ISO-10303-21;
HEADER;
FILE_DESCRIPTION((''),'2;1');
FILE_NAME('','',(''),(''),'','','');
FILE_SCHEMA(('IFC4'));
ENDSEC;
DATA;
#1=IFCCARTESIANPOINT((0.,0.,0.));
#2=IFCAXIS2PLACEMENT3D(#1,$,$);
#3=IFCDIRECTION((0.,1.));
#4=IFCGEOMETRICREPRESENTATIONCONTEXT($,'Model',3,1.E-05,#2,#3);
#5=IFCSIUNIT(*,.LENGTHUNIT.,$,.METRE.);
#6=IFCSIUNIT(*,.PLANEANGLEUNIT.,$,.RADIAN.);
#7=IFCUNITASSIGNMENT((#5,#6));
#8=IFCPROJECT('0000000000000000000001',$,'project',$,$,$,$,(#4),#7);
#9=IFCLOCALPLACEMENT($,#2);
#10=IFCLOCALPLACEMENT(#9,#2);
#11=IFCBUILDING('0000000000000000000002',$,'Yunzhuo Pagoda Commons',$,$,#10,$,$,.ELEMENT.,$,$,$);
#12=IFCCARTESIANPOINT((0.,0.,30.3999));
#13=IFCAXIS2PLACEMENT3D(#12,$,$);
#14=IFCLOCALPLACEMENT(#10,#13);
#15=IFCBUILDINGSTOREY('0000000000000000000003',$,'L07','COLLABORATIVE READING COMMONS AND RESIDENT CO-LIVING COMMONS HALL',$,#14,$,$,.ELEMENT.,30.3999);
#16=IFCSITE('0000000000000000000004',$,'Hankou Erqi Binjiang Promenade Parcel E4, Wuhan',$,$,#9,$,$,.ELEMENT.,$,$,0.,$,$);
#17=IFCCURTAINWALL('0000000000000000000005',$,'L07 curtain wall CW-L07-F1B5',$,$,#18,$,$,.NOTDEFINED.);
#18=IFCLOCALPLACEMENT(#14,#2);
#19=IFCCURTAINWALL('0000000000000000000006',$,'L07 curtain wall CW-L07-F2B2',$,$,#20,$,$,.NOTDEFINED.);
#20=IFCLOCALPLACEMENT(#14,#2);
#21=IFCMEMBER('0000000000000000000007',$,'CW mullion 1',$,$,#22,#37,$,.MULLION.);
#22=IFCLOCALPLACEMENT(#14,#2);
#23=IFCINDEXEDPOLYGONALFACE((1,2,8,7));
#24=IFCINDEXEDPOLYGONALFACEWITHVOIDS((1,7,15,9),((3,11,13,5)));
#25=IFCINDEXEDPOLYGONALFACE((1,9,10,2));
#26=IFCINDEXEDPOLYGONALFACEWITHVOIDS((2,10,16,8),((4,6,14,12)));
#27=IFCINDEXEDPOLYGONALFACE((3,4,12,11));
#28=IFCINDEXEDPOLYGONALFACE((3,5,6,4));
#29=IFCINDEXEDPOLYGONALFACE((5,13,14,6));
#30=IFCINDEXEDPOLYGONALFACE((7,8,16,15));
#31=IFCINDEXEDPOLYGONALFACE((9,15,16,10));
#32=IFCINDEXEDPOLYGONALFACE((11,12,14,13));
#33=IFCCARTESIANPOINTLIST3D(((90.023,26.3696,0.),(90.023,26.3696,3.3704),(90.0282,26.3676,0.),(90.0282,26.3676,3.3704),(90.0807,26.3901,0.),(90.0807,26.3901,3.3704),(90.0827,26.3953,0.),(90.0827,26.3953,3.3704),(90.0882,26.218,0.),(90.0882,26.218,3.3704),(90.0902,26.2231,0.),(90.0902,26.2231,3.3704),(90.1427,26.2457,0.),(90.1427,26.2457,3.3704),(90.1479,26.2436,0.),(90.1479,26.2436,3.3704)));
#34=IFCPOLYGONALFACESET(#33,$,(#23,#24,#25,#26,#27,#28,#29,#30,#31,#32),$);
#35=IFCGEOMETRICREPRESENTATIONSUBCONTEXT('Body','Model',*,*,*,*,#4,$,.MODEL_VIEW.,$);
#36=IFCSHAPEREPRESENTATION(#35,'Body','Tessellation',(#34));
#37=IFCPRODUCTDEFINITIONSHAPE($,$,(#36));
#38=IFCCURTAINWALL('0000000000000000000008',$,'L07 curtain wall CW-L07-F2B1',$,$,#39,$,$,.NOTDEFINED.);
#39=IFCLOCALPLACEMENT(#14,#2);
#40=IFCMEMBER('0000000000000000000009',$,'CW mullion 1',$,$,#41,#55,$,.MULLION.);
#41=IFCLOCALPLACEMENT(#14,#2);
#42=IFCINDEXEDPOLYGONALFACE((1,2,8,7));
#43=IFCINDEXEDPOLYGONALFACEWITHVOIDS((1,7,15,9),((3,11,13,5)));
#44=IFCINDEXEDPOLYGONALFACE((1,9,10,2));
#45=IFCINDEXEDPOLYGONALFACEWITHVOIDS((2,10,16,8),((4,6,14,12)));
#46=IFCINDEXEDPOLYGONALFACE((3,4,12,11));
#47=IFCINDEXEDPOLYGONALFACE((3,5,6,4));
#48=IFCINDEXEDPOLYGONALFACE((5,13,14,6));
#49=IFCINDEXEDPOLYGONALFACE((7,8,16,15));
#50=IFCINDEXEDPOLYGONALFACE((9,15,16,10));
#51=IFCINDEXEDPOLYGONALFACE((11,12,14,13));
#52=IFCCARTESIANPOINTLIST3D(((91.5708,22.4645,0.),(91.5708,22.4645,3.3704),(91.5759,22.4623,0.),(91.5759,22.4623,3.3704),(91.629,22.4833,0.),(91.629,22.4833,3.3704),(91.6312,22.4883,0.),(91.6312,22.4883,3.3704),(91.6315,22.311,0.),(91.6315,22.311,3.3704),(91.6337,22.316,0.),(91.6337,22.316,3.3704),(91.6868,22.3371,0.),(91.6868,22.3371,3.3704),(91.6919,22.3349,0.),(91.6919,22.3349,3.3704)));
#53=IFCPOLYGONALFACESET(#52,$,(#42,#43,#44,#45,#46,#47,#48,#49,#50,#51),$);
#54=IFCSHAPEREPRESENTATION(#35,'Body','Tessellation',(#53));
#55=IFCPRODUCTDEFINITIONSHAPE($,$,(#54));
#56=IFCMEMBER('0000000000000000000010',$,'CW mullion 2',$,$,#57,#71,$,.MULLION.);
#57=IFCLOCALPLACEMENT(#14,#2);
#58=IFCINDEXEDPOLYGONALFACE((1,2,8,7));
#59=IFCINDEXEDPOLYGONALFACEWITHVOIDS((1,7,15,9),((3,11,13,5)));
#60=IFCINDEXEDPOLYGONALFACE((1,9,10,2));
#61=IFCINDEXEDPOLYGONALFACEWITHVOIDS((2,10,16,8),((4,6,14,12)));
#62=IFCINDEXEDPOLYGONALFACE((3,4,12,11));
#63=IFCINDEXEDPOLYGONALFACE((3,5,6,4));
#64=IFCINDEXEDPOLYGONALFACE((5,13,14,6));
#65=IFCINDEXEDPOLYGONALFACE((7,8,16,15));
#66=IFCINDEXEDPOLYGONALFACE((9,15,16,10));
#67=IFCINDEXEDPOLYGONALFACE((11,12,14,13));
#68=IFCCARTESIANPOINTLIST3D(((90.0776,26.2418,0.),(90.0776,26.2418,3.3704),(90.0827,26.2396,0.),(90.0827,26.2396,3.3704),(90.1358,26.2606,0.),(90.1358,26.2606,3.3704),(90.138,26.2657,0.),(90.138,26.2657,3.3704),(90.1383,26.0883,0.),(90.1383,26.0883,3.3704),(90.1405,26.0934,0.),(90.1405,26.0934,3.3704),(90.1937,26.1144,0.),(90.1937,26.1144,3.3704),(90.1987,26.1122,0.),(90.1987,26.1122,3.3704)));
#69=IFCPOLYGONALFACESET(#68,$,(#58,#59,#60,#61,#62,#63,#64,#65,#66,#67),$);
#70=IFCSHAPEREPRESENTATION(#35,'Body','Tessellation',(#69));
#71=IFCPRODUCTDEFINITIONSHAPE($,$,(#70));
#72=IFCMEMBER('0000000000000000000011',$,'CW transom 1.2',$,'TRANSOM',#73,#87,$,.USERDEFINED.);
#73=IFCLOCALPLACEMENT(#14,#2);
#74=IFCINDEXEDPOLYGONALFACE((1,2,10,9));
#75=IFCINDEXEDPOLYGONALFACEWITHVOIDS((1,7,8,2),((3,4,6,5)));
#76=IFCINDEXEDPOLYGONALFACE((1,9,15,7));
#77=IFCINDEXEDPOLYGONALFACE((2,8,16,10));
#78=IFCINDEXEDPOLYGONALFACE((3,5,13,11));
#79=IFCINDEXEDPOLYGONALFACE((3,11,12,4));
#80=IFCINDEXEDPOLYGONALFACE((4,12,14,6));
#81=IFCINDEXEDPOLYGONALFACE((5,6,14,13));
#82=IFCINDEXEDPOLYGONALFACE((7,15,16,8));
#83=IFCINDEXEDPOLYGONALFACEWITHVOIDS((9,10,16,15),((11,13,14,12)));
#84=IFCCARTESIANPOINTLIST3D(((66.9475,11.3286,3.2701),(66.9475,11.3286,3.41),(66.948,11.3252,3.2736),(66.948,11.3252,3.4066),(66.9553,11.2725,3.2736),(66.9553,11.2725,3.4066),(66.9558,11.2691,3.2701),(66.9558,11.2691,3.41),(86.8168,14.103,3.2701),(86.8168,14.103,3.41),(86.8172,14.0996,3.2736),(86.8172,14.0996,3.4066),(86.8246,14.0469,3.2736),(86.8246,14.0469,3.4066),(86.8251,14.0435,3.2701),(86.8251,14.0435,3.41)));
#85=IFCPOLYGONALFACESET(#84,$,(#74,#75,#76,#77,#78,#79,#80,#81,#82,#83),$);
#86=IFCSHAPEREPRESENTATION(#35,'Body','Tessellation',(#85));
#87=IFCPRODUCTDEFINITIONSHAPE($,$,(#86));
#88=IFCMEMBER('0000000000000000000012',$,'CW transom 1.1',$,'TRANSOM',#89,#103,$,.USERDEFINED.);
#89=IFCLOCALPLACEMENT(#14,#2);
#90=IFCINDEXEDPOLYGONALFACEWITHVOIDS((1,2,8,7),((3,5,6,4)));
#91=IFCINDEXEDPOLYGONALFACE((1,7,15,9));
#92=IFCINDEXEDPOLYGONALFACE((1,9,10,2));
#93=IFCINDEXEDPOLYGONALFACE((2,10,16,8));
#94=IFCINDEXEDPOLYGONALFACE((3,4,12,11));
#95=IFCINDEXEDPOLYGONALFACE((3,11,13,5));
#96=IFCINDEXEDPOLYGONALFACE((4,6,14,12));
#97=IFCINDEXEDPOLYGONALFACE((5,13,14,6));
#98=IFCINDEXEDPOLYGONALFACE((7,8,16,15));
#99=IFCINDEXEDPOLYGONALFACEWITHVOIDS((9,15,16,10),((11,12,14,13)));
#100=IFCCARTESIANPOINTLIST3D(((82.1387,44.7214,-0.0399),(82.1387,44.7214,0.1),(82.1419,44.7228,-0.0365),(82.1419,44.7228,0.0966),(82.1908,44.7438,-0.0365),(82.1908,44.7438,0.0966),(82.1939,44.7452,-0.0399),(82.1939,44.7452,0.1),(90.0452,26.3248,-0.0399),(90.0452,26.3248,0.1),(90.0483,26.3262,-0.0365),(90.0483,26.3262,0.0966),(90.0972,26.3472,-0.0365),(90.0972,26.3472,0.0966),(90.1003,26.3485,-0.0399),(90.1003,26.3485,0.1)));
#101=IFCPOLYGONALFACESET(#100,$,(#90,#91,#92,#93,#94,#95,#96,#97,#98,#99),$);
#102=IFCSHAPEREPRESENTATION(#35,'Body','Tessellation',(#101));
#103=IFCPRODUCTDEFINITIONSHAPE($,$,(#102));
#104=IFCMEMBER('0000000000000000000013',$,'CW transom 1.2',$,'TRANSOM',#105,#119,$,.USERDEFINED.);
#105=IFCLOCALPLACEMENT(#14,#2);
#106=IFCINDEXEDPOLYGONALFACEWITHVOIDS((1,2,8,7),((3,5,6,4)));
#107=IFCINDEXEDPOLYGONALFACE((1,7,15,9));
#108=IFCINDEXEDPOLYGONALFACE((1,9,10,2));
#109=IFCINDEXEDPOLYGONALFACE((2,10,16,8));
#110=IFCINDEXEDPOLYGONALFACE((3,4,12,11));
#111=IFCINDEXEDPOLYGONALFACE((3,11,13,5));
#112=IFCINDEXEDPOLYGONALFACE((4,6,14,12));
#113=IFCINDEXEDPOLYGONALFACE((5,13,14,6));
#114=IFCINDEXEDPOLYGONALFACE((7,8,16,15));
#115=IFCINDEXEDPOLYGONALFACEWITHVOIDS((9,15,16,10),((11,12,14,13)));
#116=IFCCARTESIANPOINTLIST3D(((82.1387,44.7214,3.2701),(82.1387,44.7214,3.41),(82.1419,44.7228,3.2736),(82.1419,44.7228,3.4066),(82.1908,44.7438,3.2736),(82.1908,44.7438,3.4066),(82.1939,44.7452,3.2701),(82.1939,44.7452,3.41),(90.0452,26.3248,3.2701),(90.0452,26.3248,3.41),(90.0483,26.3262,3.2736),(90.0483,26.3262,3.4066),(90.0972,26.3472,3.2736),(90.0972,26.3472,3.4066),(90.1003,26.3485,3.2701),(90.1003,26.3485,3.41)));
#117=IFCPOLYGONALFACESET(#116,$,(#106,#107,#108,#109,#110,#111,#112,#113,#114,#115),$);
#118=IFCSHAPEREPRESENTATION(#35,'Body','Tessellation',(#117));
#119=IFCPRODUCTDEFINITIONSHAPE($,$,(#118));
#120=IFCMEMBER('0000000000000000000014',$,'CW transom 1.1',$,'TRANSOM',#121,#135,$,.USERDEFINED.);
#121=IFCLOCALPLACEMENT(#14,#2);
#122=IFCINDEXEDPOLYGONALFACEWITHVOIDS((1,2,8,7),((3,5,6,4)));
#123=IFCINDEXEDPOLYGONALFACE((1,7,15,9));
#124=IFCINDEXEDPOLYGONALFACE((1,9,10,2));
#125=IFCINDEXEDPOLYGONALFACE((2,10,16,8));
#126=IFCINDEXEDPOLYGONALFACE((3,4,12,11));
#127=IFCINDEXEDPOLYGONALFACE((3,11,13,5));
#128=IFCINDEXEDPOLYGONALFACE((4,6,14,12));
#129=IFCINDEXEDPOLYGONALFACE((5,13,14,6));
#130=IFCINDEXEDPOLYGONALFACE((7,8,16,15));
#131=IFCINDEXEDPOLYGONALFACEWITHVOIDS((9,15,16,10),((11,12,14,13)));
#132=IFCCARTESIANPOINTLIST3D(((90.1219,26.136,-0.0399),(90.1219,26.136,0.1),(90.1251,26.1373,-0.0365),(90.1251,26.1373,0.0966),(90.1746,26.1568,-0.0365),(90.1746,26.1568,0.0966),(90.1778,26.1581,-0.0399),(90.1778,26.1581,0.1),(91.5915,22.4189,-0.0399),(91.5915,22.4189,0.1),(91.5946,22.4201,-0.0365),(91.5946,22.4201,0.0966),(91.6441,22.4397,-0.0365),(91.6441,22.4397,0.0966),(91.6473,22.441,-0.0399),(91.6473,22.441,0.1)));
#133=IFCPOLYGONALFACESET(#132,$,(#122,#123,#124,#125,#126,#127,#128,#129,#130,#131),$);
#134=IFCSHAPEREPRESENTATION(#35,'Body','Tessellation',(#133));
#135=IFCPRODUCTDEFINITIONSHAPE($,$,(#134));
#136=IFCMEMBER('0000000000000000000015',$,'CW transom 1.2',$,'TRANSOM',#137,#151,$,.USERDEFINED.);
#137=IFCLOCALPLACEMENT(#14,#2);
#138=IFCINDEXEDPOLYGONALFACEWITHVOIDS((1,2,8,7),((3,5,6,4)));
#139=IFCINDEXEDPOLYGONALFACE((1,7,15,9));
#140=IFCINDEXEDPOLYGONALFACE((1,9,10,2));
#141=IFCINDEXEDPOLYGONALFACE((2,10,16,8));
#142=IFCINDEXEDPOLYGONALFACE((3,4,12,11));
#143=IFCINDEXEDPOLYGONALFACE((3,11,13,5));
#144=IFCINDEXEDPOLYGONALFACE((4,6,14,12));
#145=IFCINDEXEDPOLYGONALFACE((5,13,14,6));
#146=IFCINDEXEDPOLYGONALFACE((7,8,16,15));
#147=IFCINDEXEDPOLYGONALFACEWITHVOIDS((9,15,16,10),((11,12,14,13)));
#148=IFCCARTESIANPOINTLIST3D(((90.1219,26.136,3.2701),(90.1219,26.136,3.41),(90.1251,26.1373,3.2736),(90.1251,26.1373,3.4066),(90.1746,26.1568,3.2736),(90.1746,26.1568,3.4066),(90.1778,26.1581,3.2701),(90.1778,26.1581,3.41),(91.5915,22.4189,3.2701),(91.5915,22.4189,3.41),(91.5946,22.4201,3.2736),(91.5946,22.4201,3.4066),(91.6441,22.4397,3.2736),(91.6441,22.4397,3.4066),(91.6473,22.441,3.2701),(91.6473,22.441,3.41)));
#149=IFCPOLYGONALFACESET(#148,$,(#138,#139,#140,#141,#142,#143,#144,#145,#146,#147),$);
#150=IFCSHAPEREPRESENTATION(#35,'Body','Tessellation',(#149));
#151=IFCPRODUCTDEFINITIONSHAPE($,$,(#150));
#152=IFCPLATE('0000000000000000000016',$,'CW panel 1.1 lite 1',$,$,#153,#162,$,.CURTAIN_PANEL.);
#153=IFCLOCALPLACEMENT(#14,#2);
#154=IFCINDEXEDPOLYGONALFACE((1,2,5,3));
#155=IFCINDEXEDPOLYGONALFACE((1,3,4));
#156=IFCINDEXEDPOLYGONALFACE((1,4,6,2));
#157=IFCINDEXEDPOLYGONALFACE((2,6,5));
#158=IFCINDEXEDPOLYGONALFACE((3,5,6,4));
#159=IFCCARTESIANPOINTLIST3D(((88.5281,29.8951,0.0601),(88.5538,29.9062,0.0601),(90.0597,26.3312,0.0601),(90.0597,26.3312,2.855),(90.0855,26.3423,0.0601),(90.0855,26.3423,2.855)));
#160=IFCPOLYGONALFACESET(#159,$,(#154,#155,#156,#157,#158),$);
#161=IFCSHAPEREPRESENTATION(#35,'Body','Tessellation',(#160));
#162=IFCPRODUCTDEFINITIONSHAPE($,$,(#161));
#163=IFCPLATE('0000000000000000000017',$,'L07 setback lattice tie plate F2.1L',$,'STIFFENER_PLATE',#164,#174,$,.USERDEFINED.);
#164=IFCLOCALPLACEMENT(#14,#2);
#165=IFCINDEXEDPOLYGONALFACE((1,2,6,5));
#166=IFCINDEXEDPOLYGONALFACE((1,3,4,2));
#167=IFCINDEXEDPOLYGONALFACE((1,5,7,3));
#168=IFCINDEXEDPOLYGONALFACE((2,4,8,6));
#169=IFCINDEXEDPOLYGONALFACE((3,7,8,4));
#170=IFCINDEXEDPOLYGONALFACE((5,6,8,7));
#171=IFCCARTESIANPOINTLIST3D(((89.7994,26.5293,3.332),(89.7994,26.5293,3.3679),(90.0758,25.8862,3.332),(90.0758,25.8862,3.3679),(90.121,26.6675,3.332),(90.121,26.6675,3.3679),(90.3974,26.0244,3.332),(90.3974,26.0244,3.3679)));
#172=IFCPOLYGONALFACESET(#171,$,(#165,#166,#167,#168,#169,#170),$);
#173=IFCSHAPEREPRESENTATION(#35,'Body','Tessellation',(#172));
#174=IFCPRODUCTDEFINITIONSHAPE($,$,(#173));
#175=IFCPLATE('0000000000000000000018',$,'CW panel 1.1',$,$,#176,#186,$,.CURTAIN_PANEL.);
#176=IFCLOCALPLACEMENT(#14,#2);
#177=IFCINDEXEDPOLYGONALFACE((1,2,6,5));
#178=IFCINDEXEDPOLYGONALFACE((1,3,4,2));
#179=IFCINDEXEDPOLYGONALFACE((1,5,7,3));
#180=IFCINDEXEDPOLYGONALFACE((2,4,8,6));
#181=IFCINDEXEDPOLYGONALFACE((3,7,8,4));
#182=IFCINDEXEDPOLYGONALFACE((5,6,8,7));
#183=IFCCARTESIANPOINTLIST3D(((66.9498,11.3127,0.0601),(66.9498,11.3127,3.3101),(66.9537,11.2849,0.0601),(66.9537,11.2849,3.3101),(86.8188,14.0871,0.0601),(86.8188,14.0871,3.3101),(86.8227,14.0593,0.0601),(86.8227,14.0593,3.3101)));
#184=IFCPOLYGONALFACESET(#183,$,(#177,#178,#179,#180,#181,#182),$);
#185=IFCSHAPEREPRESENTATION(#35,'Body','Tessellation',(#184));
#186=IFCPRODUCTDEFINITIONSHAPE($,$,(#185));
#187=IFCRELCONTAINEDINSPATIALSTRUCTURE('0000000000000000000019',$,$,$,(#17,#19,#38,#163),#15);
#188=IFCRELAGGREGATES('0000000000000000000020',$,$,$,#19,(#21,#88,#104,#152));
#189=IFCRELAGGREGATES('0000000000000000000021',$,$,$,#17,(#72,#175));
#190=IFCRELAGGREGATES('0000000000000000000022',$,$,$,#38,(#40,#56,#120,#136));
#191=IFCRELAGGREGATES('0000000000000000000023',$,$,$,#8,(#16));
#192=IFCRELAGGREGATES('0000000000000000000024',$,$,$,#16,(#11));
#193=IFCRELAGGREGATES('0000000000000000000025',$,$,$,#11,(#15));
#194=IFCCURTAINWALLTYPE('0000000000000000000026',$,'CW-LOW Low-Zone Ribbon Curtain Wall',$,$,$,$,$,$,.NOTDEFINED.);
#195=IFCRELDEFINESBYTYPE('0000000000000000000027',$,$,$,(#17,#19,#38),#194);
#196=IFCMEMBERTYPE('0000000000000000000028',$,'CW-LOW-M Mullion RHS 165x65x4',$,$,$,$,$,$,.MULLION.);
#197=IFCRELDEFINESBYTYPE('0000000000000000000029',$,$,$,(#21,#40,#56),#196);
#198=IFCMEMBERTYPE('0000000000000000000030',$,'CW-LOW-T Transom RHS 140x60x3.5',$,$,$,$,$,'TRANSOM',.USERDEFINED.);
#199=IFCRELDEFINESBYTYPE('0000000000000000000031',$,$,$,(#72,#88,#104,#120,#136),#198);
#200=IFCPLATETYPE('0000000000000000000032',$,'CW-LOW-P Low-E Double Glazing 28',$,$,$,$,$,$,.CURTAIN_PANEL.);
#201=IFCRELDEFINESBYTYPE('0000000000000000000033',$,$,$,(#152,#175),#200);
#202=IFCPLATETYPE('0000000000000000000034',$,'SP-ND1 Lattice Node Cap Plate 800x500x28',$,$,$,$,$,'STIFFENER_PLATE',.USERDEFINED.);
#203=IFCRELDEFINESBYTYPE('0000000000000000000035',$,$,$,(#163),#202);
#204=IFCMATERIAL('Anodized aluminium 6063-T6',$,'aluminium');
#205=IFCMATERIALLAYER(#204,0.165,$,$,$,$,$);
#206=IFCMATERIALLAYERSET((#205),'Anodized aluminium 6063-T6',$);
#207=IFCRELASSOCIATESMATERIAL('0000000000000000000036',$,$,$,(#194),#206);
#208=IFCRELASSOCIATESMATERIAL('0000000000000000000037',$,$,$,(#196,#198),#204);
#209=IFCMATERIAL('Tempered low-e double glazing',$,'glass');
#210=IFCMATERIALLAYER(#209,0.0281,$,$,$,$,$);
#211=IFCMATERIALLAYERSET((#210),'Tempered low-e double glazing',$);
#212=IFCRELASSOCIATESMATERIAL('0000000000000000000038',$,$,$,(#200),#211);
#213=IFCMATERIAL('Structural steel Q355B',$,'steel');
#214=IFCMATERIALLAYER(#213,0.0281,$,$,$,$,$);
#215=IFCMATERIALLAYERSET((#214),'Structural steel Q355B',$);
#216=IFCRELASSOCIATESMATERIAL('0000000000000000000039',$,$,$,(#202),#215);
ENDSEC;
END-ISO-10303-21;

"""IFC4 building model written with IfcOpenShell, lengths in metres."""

from ifc_helpers import new_model, si_unit, direction, frame, origin, origin_2d, place, context, subcontext, project, spatial, polyline, rectangle, hollow_rectangle, outline, extrude, source, transform, mapped, material, layer, layer_set, material_profile, profile_set, type_object, element, aggregate, save


model = new_model("IFC4")

# Units and contexts
model_context = context("Model", 3, precision=1e-05, world=origin(), true_north=direction((0.0, 1.0)))
body_context = subcontext(model_context, "Body", "Model", "MODEL_VIEW")
ifc_project = project(units=[si_unit("LENGTHUNIT", "METRE"), si_unit("PLANEANGLEUNIT", "RADIAN")], contexts=[model_context])

# Site, building, storey
site_placement = place(None, origin())
site = spatial("IfcSite", under=ifc_project, at=site_placement, Name="Hankou Erqi Binjiang Promenade Parcel E4, Wuhan", CompositionType="ELEMENT", RefElevation=0.0)
building_placement = place(site_placement, origin())
building = spatial("IfcBuilding", under=site, at=building_placement, Name="Yunzhuo Pagoda Commons", CompositionType="ELEMENT")
storey_placement = place(building_placement, frame((0.0, 0.0, 30.3999)))
storey = spatial("IfcBuildingStorey", under=building, at=storey_placement, Name="L07", Description="COLLABORATIVE READING COMMONS AND RESIDENT CO-LIVING COMMONS HALL", CompositionType="ELEMENT", Elevation=30.3999)

# Shared definitions
ifc_material_1 = material(Name="Structural steel Q355B", Category="steel")

# Curtain walls, member
ifc_material_2 = material(Name="Anodized aluminium 6063-T6", Category="aluminium")
ifc_layer_1 = layer(ifc_material_2, 0.165)
ifc_layer_set_1 = layer_set([ifc_layer_1], Name="Anodized aluminium 6063-T6")
curtain_wall_type = type_object("IfcCurtainWallType", Name="CW-LOW Low-Zone Ribbon Curtain Wall", PredefinedType="NOTDEFINED", material=ifc_layer_set_1)
curtain_wall_1_placement = place(storey_placement, origin())
curtain_wall_1 = element("IfcCurtainWall", 1, at=curtain_wall_1_placement, inside=storey, type_object=curtain_wall_type, Name="L07 curtain wall CW-L07-F1B5", PredefinedType="NOTDEFINED")
ifc_material_profile_1 = material_profile(ifc_material_2, hollow_rectangle(XDim=0.0649, YDim=0.165, WallThickness=0.0039, at=origin_2d()), Name="Anodized aluminium 6063-T6")
ifc_profile_set_1 = profile_set([ifc_material_profile_1], Name="Anodized aluminium 6063-T6")
member_type_1 = type_object("IfcMemberType", Name="CW-LOW-M Mullion RHS 165x65x4", PredefinedType="MULLION", material=ifc_profile_set_1)
shared_shape_1 = source(origin(), body_context, "Body", "SweptSolid", [
    extrude(hollow_rectangle(XDim=0.0649, YDim=0.165, WallThickness=0.0039, at=origin_2d()), origin(), (0.0, 0.0, 1.0), 3.3704),
])
curtain_wall_2_placement = place(storey_placement, origin())
curtain_wall_2 = element("IfcCurtainWall", 2, at=curtain_wall_2_placement, inside=storey, type_object=curtain_wall_type, Name="L07 curtain wall CW-L07-F2B2", PredefinedType="NOTDEFINED")
member_1_placement = place(storey_placement, frame((90.0854, 26.3066, 0.0), z_axis=(0.0, 0.0, 1.0), x_axis=(-0.918745, -0.394851, 0.0)))
member_1 = element("IfcMember", 3, at=member_1_placement, type_object=member_type_1, Name="CW mullion 1", PredefinedType="MULLION", context=body_context, shape_type="MappedRepresentation", body=[
    mapped(shared_shape_1, transform((0.0, 0.0, 0.0), scale=1.0)),
])

# Curtain wall, members
curtain_wall_3_placement = place(storey_placement, origin())
curtain_wall_3 = element("IfcCurtainWall", 4, at=curtain_wall_3_placement, inside=storey, type_object=curtain_wall_type, Name="L07 curtain wall CW-L07-F2B1", PredefinedType="NOTDEFINED")
member_2_placement = place(storey_placement, frame((91.6313, 22.3997, 0.0), z_axis=(0.0, 0.0, 1.0), x_axis=(-0.929958, -0.367665, 0.0)))
member_2 = element("IfcMember", 5, at=member_2_placement, type_object=member_type_1, Name="CW mullion 1", PredefinedType="MULLION", context=body_context, shape_type="MappedRepresentation", body=[
    mapped(shared_shape_1, transform((0.0, 0.0, 0.0), scale=1.0)),
])
member_3_placement = place(storey_placement, frame((90.1382, 26.177, 0.0), z_axis=(0.0, 0.0, 1.0), x_axis=(-0.929958, -0.367665, 0.0)))
member_3 = element("IfcMember", 6, at=member_3_placement, type_object=member_type_1, Name="CW mullion 2", PredefinedType="MULLION", context=body_context, shape_type="MappedRepresentation", body=[
    mapped(shared_shape_1, transform((0.0, 0.0, 0.0), scale=1.0)),
])

# Members
ifc_material_profile_2 = material_profile(ifc_material_2, hollow_rectangle(XDim=0.0601, YDim=0.1399, WallThickness=0.0034, at=origin_2d()), Name="Anodized aluminium 6063-T6")
ifc_profile_set_2 = profile_set([ifc_material_profile_2], Name="Anodized aluminium 6063-T6")
member_type_2 = type_object("IfcMemberType", Name="CW-LOW-T Transom RHS 140x60x3.5", ElementType="TRANSOM", PredefinedType="USERDEFINED", material=ifc_profile_set_2)
shared_shape_2 = source(origin(), body_context, "Body", "SweptSolid", [
    extrude(hollow_rectangle(XDim=0.0601, YDim=0.1399, WallThickness=0.0034, at=origin_2d()), origin(), (0.0, 0.0, 1.0), 20.062),
])
member_4_placement = place(storey_placement, frame((66.9517, 11.2988, 3.3401), z_axis=(0.990391, 0.138293, 0.0), x_axis=(-0.138293, 0.990391, 0.0)))
member_4 = element("IfcMember", 7, at=member_4_placement, type_object=member_type_2, Name="CW transom 1.2", ObjectType="TRANSOM", PredefinedType="USERDEFINED", context=body_context, shape_type="MappedRepresentation", body=[
    mapped(shared_shape_2, transform((0.0, 0.0, 0.0), scale=1.0)),
])
shared_shape_3 = source(origin(), body_context, "Body", "SweptSolid", [
    extrude(hollow_rectangle(XDim=0.0601, YDim=0.1399, WallThickness=0.0034, at=origin_2d()), origin(), (0.0, 0.0, 1.0), 20.0237),
])
member_5_placement = place(storey_placement, frame((90.0728, 26.3367, 0.03), z_axis=(-0.394855, 0.918743, 0.0), x_axis=(-0.918743, -0.394855, 0.0)))
member_5 = element("IfcMember", 8, at=member_5_placement, type_object=member_type_2, Name="CW transom 1.1", ObjectType="TRANSOM", PredefinedType="USERDEFINED", context=body_context, shape_type="MappedRepresentation", body=[
    mapped(shared_shape_3, transform((0.0, 0.0, 0.0), scale=1.0)),
])
member_6_placement = place(storey_placement, frame((90.0728, 26.3367, 3.3401), z_axis=(-0.394855, 0.918743, 0.0), x_axis=(-0.918743, -0.394855, 0.0)))
member_6 = element("IfcMember", 9, at=member_6_placement, type_object=member_type_2, Name="CW transom 1.2", ObjectType="TRANSOM", PredefinedType="USERDEFINED", context=body_context, shape_type="MappedRepresentation", body=[
    mapped(shared_shape_3, transform((0.0, 0.0, 0.0), scale=1.0)),
])
shared_shape_4 = source(origin(), body_context, "Body", "SweptSolid", [
    extrude(hollow_rectangle(XDim=0.0601, YDim=0.1399, WallThickness=0.0034, at=origin_2d()), origin(), (0.0, 0.0, 1.0), 3.9971),
])
member_7_placement = place(storey_placement, frame((91.6194, 22.4299, 0.03), z_axis=(-0.367649, 0.929965, 0.0), x_axis=(-0.929965, -0.367649, 0.0)))
member_7 = element("IfcMember", 10, at=member_7_placement, type_object=member_type_2, Name="CW transom 1.1", ObjectType="TRANSOM", PredefinedType="USERDEFINED", context=body_context, shape_type="MappedRepresentation", body=[
    mapped(shared_shape_4, transform((0.0, 0.0, 0.0), scale=1.0)),
])
member_8_placement = place(storey_placement, frame((91.6194, 22.4299, 3.3401), z_axis=(-0.367649, 0.929965, 0.0), x_axis=(-0.929965, -0.367649, 0.0)))
member_8 = element("IfcMember", 11, at=member_8_placement, type_object=member_type_2, Name="CW transom 1.2", ObjectType="TRANSOM", PredefinedType="USERDEFINED", context=body_context, shape_type="MappedRepresentation", body=[
    mapped(shared_shape_4, transform((0.0, 0.0, 0.0), scale=1.0)),
])

# Plates
ifc_material_3 = material(Name="Tempered low-e double glazing", Category="glass")
ifc_layer_2 = layer(ifc_material_3, 0.0281)
ifc_layer_set_2 = layer_set([ifc_layer_2], Name="Tempered low-e double glazing")
plate_type_1 = type_object("IfcPlateType", Name="CW-LOW-P Low-E Double Glazing 28", PredefinedType="CURTAIN_PANEL", material=ifc_layer_set_2)
plate_1_placement = place(storey_placement, frame((89.2939, 28.113, 1.4575), z_axis=(0.918745, 0.394851, 0.0), x_axis=(-0.394851, 0.918745, 0.0)))
plate_1 = element("IfcPlate", 12, at=plate_1_placement, type_object=plate_type_1, Name="CW panel 1.1 lite 1", PredefinedType="CURTAIN_PANEL", context=body_context, shape_type="SweptSolid", body=[
    extrude(outline(polyline([(-1.9395, -1.3975), (1.9397, -1.3975), (-1.9395, 1.3975), (-1.9395, -1.3975)])), origin(), (0.0, 0.0, 1.0), 0.0281),
])
aggregate(curtain_wall_2, [member_1, member_5, member_6, plate_1])
ifc_layer_3 = layer(ifc_material_1, 0.0281)
ifc_layer_set_3 = layer_set([ifc_layer_3], Name="Structural steel Q355B")
plate_type_2 = type_object("IfcPlateType", Name="SP-ND1 Lattice Node Cap Plate 800x500x28", ElementType="STIFFENER_PLATE", PredefinedType="USERDEFINED", material=ifc_layer_set_3)
shared_shape_5 = source(origin(), body_context, "Body", "SweptSolid", [
    extrude(rectangle(XDim=0.7, YDim=0.3501, at=origin_2d()), origin(), (0.0, 0.0, 1.0), 0.0359),
])
plate_2_placement = place(storey_placement, frame((90.0984, 26.2769, 3.332), z_axis=(0.0, 0.0, 1.0), x_axis=(-0.394856, 0.918743, 0.0)))
element("IfcPlate", 13, at=plate_2_placement, inside=storey, type_object=plate_type_2, Name="L07 setback lattice tie plate F2.1L", ObjectType="STIFFENER_PLATE", PredefinedType="USERDEFINED", context=body_context, shape_type="MappedRepresentation", body=[
    mapped(shared_shape_5, transform((0.0, 0.0, 0.0), scale=1.0)),
])
shared_shape_6 = source(origin(), body_context, "Body", "SweptSolid", [
    extrude(rectangle(XDim=20.0618, YDim=0.0281, at=origin_2d()), origin(), (0.0, 0.0, 1.0), 3.25),
])
plate_3_placement = place(storey_placement, frame((76.8862, 12.686, 0.0601), z_axis=(0.0, 0.0, 1.0), x_axis=(0.990391, 0.138294, 0.0)))
plate_3 = element("IfcPlate", 14, at=plate_3_placement, type_object=plate_type_1, Name="CW panel 1.1", PredefinedType="CURTAIN_PANEL", context=body_context, shape_type="MappedRepresentation", body=[
    mapped(shared_shape_6, transform((0.0, 0.0, 0.0), scale=1.0)),
])
aggregate(curtain_wall_1, [member_4, plate_3])
aggregate(curtain_wall_3, [member_2, member_3, member_7, member_8])

save(model, "model.ifc")
